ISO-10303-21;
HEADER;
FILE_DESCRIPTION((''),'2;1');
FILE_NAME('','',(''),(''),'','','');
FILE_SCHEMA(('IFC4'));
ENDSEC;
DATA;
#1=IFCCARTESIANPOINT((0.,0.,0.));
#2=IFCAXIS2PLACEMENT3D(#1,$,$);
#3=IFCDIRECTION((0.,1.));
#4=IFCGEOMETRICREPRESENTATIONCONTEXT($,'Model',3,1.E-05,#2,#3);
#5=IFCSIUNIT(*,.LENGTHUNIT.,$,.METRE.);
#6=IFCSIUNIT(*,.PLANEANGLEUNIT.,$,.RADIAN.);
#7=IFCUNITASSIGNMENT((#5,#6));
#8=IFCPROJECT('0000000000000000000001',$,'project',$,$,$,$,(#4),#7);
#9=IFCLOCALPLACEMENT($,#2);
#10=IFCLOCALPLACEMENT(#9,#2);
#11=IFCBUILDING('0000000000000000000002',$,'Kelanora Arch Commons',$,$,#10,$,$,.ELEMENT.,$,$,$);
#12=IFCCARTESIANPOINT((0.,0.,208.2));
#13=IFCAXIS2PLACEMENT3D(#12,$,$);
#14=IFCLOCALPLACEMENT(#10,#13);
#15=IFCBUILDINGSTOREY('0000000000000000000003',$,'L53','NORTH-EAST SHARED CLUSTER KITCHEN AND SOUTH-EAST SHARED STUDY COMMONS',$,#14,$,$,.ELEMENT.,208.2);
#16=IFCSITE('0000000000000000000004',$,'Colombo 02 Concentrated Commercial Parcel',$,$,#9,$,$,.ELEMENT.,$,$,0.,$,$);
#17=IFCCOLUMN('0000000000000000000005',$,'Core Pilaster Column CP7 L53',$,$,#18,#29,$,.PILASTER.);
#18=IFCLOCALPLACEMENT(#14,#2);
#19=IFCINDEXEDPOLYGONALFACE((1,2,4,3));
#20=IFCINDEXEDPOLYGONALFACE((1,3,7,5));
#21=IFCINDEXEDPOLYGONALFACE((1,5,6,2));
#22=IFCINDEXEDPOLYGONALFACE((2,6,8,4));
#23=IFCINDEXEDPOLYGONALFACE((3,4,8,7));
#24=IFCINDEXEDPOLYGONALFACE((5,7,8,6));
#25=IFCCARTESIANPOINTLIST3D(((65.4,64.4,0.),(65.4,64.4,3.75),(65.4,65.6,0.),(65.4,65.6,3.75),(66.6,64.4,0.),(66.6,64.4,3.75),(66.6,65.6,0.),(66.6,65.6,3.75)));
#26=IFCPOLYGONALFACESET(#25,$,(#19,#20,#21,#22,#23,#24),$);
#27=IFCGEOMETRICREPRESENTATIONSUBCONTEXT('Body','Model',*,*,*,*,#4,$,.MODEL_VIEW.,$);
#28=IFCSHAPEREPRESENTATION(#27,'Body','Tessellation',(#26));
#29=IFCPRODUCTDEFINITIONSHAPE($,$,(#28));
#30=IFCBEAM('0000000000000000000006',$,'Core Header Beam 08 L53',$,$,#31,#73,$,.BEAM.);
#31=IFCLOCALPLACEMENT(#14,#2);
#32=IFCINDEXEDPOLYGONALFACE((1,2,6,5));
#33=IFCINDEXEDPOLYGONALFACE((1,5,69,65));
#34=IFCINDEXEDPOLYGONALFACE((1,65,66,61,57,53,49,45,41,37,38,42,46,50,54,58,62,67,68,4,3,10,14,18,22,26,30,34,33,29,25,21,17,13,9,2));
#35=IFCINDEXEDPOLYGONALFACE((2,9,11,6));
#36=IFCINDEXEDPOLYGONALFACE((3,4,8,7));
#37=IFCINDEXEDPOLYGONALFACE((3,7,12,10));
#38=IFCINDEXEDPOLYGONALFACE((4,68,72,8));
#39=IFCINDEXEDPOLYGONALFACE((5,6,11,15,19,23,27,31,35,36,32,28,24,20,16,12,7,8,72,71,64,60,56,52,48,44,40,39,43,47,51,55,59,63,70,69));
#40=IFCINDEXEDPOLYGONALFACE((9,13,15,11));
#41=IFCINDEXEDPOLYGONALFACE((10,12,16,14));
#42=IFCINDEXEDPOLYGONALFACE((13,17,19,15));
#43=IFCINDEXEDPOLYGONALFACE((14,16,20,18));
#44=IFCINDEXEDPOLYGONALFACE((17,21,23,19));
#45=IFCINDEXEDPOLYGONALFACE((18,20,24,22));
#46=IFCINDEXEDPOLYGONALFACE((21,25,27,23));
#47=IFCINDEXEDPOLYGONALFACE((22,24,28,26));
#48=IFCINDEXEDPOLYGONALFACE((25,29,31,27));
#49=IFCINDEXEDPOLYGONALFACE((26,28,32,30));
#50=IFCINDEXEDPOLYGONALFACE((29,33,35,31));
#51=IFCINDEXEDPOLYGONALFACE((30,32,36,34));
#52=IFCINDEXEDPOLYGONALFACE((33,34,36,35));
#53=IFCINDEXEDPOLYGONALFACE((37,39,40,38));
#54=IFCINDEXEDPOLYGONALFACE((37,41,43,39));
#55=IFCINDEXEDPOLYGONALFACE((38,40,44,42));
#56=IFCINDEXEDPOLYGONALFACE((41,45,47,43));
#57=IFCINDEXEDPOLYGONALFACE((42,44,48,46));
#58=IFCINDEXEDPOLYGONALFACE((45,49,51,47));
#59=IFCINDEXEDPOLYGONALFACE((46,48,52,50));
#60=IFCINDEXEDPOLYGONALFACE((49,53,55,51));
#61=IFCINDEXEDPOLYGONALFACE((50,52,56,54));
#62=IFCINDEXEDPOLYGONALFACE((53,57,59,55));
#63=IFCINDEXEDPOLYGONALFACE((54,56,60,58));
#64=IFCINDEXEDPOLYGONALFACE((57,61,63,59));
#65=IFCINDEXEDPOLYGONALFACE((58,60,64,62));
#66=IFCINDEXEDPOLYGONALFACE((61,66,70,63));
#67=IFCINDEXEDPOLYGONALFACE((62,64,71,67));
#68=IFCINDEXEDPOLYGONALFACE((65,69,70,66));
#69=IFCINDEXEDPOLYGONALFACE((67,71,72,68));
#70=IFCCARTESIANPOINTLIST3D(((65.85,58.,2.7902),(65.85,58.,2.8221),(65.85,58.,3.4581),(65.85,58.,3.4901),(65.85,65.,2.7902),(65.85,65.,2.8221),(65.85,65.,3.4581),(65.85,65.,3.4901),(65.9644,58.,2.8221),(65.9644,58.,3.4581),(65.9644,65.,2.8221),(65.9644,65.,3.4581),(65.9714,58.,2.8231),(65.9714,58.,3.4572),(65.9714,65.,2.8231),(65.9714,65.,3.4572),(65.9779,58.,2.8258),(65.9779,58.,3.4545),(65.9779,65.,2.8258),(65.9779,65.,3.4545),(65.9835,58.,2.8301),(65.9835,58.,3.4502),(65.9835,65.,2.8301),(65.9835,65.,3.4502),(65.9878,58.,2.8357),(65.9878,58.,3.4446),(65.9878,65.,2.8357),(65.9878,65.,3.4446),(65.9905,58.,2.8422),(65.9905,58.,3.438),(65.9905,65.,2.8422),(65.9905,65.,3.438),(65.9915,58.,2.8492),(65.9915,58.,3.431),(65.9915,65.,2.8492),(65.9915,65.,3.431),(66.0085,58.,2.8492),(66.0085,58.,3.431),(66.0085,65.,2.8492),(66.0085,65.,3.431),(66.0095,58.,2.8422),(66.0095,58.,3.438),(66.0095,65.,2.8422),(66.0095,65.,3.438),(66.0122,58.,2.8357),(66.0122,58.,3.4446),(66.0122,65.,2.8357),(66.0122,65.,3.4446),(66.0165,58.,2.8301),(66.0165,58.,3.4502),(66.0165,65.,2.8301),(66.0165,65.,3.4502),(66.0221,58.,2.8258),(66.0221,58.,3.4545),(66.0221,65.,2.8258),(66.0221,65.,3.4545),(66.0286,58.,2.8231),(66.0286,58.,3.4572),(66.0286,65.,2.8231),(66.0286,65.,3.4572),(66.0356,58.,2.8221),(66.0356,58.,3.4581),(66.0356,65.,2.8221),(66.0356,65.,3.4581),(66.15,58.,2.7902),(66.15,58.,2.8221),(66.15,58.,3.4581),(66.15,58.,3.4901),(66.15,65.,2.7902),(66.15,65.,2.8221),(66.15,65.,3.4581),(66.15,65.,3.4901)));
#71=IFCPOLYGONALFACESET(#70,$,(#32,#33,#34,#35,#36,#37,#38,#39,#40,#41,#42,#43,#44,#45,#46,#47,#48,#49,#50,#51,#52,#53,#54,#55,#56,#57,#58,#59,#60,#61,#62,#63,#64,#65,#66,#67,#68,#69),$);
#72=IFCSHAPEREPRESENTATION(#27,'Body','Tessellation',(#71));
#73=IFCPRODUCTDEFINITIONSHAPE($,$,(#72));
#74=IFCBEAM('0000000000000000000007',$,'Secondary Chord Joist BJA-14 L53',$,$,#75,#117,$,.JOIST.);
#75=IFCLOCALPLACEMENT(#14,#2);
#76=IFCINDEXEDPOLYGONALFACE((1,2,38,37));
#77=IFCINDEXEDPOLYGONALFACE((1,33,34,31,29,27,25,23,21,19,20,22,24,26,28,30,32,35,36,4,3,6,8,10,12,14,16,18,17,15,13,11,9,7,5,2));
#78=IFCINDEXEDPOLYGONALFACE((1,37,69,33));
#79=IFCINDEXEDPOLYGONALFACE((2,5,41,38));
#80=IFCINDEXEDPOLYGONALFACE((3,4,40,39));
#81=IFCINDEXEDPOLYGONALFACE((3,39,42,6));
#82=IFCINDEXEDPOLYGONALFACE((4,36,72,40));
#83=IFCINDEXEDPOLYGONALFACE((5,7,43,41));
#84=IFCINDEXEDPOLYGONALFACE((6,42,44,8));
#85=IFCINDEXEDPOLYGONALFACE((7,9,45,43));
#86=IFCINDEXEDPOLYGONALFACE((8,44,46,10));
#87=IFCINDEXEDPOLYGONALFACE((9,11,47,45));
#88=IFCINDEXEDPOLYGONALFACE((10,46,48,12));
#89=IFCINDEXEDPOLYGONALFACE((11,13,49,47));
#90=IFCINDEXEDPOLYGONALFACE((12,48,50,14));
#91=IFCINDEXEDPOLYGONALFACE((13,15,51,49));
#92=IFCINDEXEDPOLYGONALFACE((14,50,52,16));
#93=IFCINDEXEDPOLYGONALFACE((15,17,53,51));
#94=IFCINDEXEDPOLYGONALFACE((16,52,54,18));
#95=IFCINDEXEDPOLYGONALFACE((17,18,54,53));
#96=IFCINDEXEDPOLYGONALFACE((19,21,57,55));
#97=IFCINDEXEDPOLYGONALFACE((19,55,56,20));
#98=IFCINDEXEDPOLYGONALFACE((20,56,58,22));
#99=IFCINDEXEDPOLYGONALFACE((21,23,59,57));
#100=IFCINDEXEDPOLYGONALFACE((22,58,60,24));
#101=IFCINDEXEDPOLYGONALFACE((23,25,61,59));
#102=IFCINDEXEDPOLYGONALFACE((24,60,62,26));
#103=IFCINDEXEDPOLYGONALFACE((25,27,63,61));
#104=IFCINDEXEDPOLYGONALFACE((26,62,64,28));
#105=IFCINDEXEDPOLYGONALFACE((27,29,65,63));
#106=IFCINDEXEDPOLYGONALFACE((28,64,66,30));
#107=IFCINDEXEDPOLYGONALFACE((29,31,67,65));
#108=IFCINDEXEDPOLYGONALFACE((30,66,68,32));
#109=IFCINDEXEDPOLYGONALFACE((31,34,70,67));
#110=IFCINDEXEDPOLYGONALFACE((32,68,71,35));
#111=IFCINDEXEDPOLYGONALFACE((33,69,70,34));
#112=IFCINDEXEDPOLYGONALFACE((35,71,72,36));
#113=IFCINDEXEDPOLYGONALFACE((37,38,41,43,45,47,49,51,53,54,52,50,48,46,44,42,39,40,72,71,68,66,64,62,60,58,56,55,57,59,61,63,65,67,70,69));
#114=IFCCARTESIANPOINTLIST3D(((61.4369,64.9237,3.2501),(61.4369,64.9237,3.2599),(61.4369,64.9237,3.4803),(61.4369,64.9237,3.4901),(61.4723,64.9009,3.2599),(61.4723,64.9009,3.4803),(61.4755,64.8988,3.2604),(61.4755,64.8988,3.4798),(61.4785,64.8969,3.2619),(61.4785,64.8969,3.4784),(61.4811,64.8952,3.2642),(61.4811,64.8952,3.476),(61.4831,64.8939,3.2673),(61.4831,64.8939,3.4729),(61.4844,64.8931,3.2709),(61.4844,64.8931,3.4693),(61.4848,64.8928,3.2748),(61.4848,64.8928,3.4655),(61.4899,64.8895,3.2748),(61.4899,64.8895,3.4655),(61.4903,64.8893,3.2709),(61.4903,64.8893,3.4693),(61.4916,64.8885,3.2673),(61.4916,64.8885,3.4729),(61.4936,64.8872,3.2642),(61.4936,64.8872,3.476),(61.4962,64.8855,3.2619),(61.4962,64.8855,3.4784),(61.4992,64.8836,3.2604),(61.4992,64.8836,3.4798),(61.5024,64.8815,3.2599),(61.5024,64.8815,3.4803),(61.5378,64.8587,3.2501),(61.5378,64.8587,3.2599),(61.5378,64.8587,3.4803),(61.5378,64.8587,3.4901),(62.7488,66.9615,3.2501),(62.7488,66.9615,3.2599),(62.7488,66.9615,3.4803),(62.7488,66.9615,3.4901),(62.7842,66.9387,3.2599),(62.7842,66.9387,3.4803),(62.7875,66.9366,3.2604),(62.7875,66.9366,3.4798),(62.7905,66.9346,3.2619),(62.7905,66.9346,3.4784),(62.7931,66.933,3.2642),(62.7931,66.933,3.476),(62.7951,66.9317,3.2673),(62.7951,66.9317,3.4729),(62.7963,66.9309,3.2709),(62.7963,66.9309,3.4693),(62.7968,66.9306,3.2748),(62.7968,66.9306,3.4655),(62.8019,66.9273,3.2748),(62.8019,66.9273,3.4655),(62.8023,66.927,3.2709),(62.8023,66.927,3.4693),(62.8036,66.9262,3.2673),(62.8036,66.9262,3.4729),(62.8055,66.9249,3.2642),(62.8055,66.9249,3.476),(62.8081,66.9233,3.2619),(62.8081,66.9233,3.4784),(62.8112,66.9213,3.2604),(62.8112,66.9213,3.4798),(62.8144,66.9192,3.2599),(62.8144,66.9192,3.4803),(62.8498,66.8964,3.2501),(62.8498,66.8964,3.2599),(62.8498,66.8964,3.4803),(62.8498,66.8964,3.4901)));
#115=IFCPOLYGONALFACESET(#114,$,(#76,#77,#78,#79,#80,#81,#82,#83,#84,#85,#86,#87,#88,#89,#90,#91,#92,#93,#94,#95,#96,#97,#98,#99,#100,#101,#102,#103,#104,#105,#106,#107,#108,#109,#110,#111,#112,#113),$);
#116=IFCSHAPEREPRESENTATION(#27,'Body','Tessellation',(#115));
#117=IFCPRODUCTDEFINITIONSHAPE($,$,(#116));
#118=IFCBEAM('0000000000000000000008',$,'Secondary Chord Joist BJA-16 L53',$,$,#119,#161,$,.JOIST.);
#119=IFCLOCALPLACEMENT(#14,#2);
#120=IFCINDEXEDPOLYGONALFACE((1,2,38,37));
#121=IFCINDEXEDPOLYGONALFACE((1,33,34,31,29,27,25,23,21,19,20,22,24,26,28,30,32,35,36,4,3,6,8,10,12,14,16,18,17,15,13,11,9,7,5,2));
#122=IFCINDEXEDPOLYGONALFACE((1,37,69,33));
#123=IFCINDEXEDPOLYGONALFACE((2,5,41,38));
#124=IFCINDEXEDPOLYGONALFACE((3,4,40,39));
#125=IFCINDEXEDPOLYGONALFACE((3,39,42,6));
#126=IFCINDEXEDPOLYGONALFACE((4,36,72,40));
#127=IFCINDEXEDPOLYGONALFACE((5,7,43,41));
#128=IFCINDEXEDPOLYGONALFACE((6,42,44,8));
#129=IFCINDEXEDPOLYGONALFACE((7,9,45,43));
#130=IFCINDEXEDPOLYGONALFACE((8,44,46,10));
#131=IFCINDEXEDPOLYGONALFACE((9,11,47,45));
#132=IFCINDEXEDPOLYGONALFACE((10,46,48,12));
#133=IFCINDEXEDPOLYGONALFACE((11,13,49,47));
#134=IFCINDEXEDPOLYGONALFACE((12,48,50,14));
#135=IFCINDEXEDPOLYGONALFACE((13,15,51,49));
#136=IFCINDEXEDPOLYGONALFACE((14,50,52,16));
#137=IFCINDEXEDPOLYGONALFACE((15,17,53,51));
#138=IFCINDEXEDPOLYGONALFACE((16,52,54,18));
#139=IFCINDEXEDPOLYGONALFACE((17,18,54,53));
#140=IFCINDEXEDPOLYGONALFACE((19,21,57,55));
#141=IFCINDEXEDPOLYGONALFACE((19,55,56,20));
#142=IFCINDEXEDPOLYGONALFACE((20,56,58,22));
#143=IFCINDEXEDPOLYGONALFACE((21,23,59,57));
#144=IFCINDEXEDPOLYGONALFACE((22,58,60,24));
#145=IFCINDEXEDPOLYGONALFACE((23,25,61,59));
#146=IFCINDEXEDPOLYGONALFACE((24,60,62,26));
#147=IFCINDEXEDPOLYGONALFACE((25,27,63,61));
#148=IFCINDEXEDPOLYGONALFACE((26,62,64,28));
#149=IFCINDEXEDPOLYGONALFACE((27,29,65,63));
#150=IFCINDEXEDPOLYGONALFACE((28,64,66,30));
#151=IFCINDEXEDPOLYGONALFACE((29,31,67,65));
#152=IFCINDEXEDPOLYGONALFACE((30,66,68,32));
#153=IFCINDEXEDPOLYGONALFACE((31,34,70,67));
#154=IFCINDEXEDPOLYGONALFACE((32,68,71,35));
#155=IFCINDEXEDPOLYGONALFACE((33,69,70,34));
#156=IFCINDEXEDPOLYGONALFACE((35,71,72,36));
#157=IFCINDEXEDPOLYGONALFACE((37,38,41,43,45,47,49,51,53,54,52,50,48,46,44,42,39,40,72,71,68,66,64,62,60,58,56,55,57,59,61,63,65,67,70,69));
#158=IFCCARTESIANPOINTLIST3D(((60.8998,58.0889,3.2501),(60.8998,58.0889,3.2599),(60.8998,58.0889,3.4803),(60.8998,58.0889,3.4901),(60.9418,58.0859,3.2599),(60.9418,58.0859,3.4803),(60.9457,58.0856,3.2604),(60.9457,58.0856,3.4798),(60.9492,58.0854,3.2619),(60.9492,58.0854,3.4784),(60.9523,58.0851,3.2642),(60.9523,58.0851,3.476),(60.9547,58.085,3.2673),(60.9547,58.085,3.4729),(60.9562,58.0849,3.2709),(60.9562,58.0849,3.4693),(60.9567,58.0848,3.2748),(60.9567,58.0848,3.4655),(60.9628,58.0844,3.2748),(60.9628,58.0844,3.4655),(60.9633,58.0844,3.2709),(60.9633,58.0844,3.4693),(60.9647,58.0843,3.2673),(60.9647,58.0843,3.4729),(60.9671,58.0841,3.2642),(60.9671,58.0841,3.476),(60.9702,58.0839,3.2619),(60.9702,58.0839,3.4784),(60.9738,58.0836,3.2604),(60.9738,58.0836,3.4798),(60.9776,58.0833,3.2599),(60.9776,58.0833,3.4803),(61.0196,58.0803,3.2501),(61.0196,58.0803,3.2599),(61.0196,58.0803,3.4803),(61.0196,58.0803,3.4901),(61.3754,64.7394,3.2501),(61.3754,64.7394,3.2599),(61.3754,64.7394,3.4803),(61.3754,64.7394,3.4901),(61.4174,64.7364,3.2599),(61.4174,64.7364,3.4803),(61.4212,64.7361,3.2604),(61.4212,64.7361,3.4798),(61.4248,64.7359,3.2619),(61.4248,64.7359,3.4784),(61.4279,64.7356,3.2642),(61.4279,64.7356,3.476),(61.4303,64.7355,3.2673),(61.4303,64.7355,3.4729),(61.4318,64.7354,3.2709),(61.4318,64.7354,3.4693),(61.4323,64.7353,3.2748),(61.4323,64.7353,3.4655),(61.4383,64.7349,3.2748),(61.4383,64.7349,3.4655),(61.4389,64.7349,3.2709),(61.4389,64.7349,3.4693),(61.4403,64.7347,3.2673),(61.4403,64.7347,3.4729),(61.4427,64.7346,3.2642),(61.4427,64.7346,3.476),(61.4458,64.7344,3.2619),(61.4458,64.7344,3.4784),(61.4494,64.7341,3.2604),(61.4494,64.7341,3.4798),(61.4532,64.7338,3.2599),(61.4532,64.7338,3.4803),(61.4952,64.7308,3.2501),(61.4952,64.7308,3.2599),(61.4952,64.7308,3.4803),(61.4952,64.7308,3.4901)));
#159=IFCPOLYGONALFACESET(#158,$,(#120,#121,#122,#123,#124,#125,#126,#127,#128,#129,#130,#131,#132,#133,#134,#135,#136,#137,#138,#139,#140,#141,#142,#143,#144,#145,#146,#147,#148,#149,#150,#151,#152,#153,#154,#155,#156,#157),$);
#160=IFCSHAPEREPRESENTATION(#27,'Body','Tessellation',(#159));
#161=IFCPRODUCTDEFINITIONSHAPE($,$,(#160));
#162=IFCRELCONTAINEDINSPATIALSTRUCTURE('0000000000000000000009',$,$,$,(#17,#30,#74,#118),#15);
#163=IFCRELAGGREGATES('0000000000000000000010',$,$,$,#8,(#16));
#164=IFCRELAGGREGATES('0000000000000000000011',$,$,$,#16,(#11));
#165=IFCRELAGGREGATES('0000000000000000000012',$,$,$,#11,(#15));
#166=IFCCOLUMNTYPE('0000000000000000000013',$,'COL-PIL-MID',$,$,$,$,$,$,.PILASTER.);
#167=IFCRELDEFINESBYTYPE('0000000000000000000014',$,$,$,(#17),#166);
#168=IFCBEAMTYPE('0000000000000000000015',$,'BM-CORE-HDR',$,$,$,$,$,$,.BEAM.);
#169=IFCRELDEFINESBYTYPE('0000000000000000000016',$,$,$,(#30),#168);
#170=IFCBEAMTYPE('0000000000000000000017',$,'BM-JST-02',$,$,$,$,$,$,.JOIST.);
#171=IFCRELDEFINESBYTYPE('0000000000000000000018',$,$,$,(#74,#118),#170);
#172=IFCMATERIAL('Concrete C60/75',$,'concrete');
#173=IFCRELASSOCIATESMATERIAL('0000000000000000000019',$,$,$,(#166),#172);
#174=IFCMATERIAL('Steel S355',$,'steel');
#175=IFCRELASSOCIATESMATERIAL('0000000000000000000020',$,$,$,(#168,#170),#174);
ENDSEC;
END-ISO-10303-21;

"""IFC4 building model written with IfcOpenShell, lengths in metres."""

from ifc_helpers import new_model, si_unit, direction, frame, origin, origin_2d, place, context, subcontext, project, spatial, rectangle, i_section, extrude, material, material_profile, profile_set, type_object, element, save


model = new_model("IFC4")

# Units and contexts
model_context = context("Model", 3, precision=1e-05, world=origin(), true_north=direction((0.0, 1.0)))
body_context = subcontext(model_context, "Body", "Model", "MODEL_VIEW")
ifc_project = project(units=[si_unit("LENGTHUNIT", "METRE"), si_unit("PLANEANGLEUNIT", "RADIAN")], contexts=[model_context])

# Site, building, storey
site_placement = place(None, origin())
site = spatial("IfcSite", under=ifc_project, at=site_placement, Name="Colombo 02 Concentrated Commercial Parcel", CompositionType="ELEMENT", RefElevation=0.0)
building_placement = place(site_placement, origin())
building = spatial("IfcBuilding", under=site, at=building_placement, Name="Kelanora Arch Commons", CompositionType="ELEMENT")
storey_placement = place(building_placement, frame((0.0, 0.0, 208.2)))
storey = spatial("IfcBuildingStorey", under=building, at=storey_placement, Name="L53", Description="NORTH-EAST SHARED CLUSTER KITCHEN AND SOUTH-EAST SHARED STUDY COMMONS", CompositionType="ELEMENT", Elevation=208.2)

# Column
ifc_material_1 = material(Name="Concrete C60/75", Category="concrete")
ifc_material_profile_1 = material_profile(ifc_material_1, rectangle(XDim=1.2, YDim=1.2, at=origin_2d()), Name="RC1200x1200")
ifc_profile_set_1 = profile_set([ifc_material_profile_1], Name="Concrete C60/75")
column_type = type_object("IfcColumnType", Name="COL-PIL-MID", PredefinedType="PILASTER", material=ifc_profile_set_1)
column_placement = place(storey_placement, frame((66.0, 65.0, 0.0), z_axis=(0.0, 0.0, 1.0), x_axis=(1.0, 0.0, 0.0)))
element("IfcColumn", 1, at=column_placement, inside=storey, type_object=column_type, Name="Core Pilaster Column CP7 L53", PredefinedType="PILASTER", context=body_context, shape_type="SweptSolid", body=[
    extrude(rectangle(XDim=1.2, YDim=1.2, at=origin_2d()), origin(), (0.0, 0.0, 1.0), 3.75),
])

# Beams
ifc_material_2 = material(Name="Steel S355", Category="steel")
ifc_material_profile_2 = material_profile(ifc_material_2, i_section(OverallWidth=0.3, OverallDepth=0.7, WebThickness=0.0171, FlangeThickness=0.032, FilletRadius=0.0271, at=origin_2d()), Name="HEB700")
ifc_profile_set_2 = profile_set([ifc_material_profile_2], Name="Steel S355")
beam_type_1 = type_object("IfcBeamType", Name="BM-CORE-HDR", PredefinedType="BEAM", material=ifc_profile_set_2)
beam_1_placement = place(storey_placement, frame((66.0, 65.0, 3.1401), z_axis=(0.0, -1.0, 0.0), x_axis=(1.0, 0.0, 0.0)))
element("IfcBeam", 2, at=beam_1_placement, inside=storey, type_object=beam_type_1, Name="Core Header Beam 08 L53", PredefinedType="BEAM", context=body_context, shape_type="SweptSolid", body=[
    extrude(i_section(OverallWidth=0.3, OverallDepth=0.7, WebThickness=0.0171, FlangeThickness=0.032, FilletRadius=0.0271, at=origin_2d()), origin(), (0.0, 0.0, 1.0), 7.0),
])
ifc_material_profile_3 = material_profile(ifc_material_2, i_section(OverallWidth=0.1201, OverallDepth=0.24, WebThickness=0.0061, FlangeThickness=0.0098, FilletRadius=0.0149, at=origin_2d()), Name="IPE240")
ifc_profile_set_3 = profile_set([ifc_material_profile_3], Name="Steel S355")
beam_type_2 = type_object("IfcBeamType", Name="BM-JST-02", PredefinedType="JOIST", material=ifc_profile_set_3)
beam_2_placement = place(storey_placement, frame((62.7993, 66.929, 3.3701), z_axis=(-0.541333, -0.840808, 0.0), x_axis=(0.840808, -0.541333, 0.0)))
element("IfcBeam", 3, at=beam_2_placement, inside=storey, type_object=beam_type_2, Name="Secondary Chord Joist BJA-14 L53", PredefinedType="JOIST", context=body_context, shape_type="SweptSolid", body=[
    extrude(i_section(OverallWidth=0.1201, OverallDepth=0.24, WebThickness=0.0061, FlangeThickness=0.0098, FilletRadius=0.0149, at=origin_2d()), origin(), (0.0, 0.0, 1.0), 2.4236),
])
beam_3_placement = place(storey_placement, frame((61.4353, 64.7351, 3.3701), z_axis=(-0.07133, -0.997453, 0.0), x_axis=(0.997453, -0.07133, 0.0)))
element("IfcBeam", 4, at=beam_3_placement, inside=storey, type_object=beam_type_2, Name="Secondary Chord Joist BJA-16 L53", PredefinedType="JOIST", context=body_context, shape_type="SweptSolid", body=[
    extrude(i_section(OverallWidth=0.1201, OverallDepth=0.24, WebThickness=0.0061, FlangeThickness=0.0098, FilletRadius=0.0149, at=origin_2d()), origin(), (0.0, 0.0, 1.0), 6.6675),
])

save(model, "model.ifc")
